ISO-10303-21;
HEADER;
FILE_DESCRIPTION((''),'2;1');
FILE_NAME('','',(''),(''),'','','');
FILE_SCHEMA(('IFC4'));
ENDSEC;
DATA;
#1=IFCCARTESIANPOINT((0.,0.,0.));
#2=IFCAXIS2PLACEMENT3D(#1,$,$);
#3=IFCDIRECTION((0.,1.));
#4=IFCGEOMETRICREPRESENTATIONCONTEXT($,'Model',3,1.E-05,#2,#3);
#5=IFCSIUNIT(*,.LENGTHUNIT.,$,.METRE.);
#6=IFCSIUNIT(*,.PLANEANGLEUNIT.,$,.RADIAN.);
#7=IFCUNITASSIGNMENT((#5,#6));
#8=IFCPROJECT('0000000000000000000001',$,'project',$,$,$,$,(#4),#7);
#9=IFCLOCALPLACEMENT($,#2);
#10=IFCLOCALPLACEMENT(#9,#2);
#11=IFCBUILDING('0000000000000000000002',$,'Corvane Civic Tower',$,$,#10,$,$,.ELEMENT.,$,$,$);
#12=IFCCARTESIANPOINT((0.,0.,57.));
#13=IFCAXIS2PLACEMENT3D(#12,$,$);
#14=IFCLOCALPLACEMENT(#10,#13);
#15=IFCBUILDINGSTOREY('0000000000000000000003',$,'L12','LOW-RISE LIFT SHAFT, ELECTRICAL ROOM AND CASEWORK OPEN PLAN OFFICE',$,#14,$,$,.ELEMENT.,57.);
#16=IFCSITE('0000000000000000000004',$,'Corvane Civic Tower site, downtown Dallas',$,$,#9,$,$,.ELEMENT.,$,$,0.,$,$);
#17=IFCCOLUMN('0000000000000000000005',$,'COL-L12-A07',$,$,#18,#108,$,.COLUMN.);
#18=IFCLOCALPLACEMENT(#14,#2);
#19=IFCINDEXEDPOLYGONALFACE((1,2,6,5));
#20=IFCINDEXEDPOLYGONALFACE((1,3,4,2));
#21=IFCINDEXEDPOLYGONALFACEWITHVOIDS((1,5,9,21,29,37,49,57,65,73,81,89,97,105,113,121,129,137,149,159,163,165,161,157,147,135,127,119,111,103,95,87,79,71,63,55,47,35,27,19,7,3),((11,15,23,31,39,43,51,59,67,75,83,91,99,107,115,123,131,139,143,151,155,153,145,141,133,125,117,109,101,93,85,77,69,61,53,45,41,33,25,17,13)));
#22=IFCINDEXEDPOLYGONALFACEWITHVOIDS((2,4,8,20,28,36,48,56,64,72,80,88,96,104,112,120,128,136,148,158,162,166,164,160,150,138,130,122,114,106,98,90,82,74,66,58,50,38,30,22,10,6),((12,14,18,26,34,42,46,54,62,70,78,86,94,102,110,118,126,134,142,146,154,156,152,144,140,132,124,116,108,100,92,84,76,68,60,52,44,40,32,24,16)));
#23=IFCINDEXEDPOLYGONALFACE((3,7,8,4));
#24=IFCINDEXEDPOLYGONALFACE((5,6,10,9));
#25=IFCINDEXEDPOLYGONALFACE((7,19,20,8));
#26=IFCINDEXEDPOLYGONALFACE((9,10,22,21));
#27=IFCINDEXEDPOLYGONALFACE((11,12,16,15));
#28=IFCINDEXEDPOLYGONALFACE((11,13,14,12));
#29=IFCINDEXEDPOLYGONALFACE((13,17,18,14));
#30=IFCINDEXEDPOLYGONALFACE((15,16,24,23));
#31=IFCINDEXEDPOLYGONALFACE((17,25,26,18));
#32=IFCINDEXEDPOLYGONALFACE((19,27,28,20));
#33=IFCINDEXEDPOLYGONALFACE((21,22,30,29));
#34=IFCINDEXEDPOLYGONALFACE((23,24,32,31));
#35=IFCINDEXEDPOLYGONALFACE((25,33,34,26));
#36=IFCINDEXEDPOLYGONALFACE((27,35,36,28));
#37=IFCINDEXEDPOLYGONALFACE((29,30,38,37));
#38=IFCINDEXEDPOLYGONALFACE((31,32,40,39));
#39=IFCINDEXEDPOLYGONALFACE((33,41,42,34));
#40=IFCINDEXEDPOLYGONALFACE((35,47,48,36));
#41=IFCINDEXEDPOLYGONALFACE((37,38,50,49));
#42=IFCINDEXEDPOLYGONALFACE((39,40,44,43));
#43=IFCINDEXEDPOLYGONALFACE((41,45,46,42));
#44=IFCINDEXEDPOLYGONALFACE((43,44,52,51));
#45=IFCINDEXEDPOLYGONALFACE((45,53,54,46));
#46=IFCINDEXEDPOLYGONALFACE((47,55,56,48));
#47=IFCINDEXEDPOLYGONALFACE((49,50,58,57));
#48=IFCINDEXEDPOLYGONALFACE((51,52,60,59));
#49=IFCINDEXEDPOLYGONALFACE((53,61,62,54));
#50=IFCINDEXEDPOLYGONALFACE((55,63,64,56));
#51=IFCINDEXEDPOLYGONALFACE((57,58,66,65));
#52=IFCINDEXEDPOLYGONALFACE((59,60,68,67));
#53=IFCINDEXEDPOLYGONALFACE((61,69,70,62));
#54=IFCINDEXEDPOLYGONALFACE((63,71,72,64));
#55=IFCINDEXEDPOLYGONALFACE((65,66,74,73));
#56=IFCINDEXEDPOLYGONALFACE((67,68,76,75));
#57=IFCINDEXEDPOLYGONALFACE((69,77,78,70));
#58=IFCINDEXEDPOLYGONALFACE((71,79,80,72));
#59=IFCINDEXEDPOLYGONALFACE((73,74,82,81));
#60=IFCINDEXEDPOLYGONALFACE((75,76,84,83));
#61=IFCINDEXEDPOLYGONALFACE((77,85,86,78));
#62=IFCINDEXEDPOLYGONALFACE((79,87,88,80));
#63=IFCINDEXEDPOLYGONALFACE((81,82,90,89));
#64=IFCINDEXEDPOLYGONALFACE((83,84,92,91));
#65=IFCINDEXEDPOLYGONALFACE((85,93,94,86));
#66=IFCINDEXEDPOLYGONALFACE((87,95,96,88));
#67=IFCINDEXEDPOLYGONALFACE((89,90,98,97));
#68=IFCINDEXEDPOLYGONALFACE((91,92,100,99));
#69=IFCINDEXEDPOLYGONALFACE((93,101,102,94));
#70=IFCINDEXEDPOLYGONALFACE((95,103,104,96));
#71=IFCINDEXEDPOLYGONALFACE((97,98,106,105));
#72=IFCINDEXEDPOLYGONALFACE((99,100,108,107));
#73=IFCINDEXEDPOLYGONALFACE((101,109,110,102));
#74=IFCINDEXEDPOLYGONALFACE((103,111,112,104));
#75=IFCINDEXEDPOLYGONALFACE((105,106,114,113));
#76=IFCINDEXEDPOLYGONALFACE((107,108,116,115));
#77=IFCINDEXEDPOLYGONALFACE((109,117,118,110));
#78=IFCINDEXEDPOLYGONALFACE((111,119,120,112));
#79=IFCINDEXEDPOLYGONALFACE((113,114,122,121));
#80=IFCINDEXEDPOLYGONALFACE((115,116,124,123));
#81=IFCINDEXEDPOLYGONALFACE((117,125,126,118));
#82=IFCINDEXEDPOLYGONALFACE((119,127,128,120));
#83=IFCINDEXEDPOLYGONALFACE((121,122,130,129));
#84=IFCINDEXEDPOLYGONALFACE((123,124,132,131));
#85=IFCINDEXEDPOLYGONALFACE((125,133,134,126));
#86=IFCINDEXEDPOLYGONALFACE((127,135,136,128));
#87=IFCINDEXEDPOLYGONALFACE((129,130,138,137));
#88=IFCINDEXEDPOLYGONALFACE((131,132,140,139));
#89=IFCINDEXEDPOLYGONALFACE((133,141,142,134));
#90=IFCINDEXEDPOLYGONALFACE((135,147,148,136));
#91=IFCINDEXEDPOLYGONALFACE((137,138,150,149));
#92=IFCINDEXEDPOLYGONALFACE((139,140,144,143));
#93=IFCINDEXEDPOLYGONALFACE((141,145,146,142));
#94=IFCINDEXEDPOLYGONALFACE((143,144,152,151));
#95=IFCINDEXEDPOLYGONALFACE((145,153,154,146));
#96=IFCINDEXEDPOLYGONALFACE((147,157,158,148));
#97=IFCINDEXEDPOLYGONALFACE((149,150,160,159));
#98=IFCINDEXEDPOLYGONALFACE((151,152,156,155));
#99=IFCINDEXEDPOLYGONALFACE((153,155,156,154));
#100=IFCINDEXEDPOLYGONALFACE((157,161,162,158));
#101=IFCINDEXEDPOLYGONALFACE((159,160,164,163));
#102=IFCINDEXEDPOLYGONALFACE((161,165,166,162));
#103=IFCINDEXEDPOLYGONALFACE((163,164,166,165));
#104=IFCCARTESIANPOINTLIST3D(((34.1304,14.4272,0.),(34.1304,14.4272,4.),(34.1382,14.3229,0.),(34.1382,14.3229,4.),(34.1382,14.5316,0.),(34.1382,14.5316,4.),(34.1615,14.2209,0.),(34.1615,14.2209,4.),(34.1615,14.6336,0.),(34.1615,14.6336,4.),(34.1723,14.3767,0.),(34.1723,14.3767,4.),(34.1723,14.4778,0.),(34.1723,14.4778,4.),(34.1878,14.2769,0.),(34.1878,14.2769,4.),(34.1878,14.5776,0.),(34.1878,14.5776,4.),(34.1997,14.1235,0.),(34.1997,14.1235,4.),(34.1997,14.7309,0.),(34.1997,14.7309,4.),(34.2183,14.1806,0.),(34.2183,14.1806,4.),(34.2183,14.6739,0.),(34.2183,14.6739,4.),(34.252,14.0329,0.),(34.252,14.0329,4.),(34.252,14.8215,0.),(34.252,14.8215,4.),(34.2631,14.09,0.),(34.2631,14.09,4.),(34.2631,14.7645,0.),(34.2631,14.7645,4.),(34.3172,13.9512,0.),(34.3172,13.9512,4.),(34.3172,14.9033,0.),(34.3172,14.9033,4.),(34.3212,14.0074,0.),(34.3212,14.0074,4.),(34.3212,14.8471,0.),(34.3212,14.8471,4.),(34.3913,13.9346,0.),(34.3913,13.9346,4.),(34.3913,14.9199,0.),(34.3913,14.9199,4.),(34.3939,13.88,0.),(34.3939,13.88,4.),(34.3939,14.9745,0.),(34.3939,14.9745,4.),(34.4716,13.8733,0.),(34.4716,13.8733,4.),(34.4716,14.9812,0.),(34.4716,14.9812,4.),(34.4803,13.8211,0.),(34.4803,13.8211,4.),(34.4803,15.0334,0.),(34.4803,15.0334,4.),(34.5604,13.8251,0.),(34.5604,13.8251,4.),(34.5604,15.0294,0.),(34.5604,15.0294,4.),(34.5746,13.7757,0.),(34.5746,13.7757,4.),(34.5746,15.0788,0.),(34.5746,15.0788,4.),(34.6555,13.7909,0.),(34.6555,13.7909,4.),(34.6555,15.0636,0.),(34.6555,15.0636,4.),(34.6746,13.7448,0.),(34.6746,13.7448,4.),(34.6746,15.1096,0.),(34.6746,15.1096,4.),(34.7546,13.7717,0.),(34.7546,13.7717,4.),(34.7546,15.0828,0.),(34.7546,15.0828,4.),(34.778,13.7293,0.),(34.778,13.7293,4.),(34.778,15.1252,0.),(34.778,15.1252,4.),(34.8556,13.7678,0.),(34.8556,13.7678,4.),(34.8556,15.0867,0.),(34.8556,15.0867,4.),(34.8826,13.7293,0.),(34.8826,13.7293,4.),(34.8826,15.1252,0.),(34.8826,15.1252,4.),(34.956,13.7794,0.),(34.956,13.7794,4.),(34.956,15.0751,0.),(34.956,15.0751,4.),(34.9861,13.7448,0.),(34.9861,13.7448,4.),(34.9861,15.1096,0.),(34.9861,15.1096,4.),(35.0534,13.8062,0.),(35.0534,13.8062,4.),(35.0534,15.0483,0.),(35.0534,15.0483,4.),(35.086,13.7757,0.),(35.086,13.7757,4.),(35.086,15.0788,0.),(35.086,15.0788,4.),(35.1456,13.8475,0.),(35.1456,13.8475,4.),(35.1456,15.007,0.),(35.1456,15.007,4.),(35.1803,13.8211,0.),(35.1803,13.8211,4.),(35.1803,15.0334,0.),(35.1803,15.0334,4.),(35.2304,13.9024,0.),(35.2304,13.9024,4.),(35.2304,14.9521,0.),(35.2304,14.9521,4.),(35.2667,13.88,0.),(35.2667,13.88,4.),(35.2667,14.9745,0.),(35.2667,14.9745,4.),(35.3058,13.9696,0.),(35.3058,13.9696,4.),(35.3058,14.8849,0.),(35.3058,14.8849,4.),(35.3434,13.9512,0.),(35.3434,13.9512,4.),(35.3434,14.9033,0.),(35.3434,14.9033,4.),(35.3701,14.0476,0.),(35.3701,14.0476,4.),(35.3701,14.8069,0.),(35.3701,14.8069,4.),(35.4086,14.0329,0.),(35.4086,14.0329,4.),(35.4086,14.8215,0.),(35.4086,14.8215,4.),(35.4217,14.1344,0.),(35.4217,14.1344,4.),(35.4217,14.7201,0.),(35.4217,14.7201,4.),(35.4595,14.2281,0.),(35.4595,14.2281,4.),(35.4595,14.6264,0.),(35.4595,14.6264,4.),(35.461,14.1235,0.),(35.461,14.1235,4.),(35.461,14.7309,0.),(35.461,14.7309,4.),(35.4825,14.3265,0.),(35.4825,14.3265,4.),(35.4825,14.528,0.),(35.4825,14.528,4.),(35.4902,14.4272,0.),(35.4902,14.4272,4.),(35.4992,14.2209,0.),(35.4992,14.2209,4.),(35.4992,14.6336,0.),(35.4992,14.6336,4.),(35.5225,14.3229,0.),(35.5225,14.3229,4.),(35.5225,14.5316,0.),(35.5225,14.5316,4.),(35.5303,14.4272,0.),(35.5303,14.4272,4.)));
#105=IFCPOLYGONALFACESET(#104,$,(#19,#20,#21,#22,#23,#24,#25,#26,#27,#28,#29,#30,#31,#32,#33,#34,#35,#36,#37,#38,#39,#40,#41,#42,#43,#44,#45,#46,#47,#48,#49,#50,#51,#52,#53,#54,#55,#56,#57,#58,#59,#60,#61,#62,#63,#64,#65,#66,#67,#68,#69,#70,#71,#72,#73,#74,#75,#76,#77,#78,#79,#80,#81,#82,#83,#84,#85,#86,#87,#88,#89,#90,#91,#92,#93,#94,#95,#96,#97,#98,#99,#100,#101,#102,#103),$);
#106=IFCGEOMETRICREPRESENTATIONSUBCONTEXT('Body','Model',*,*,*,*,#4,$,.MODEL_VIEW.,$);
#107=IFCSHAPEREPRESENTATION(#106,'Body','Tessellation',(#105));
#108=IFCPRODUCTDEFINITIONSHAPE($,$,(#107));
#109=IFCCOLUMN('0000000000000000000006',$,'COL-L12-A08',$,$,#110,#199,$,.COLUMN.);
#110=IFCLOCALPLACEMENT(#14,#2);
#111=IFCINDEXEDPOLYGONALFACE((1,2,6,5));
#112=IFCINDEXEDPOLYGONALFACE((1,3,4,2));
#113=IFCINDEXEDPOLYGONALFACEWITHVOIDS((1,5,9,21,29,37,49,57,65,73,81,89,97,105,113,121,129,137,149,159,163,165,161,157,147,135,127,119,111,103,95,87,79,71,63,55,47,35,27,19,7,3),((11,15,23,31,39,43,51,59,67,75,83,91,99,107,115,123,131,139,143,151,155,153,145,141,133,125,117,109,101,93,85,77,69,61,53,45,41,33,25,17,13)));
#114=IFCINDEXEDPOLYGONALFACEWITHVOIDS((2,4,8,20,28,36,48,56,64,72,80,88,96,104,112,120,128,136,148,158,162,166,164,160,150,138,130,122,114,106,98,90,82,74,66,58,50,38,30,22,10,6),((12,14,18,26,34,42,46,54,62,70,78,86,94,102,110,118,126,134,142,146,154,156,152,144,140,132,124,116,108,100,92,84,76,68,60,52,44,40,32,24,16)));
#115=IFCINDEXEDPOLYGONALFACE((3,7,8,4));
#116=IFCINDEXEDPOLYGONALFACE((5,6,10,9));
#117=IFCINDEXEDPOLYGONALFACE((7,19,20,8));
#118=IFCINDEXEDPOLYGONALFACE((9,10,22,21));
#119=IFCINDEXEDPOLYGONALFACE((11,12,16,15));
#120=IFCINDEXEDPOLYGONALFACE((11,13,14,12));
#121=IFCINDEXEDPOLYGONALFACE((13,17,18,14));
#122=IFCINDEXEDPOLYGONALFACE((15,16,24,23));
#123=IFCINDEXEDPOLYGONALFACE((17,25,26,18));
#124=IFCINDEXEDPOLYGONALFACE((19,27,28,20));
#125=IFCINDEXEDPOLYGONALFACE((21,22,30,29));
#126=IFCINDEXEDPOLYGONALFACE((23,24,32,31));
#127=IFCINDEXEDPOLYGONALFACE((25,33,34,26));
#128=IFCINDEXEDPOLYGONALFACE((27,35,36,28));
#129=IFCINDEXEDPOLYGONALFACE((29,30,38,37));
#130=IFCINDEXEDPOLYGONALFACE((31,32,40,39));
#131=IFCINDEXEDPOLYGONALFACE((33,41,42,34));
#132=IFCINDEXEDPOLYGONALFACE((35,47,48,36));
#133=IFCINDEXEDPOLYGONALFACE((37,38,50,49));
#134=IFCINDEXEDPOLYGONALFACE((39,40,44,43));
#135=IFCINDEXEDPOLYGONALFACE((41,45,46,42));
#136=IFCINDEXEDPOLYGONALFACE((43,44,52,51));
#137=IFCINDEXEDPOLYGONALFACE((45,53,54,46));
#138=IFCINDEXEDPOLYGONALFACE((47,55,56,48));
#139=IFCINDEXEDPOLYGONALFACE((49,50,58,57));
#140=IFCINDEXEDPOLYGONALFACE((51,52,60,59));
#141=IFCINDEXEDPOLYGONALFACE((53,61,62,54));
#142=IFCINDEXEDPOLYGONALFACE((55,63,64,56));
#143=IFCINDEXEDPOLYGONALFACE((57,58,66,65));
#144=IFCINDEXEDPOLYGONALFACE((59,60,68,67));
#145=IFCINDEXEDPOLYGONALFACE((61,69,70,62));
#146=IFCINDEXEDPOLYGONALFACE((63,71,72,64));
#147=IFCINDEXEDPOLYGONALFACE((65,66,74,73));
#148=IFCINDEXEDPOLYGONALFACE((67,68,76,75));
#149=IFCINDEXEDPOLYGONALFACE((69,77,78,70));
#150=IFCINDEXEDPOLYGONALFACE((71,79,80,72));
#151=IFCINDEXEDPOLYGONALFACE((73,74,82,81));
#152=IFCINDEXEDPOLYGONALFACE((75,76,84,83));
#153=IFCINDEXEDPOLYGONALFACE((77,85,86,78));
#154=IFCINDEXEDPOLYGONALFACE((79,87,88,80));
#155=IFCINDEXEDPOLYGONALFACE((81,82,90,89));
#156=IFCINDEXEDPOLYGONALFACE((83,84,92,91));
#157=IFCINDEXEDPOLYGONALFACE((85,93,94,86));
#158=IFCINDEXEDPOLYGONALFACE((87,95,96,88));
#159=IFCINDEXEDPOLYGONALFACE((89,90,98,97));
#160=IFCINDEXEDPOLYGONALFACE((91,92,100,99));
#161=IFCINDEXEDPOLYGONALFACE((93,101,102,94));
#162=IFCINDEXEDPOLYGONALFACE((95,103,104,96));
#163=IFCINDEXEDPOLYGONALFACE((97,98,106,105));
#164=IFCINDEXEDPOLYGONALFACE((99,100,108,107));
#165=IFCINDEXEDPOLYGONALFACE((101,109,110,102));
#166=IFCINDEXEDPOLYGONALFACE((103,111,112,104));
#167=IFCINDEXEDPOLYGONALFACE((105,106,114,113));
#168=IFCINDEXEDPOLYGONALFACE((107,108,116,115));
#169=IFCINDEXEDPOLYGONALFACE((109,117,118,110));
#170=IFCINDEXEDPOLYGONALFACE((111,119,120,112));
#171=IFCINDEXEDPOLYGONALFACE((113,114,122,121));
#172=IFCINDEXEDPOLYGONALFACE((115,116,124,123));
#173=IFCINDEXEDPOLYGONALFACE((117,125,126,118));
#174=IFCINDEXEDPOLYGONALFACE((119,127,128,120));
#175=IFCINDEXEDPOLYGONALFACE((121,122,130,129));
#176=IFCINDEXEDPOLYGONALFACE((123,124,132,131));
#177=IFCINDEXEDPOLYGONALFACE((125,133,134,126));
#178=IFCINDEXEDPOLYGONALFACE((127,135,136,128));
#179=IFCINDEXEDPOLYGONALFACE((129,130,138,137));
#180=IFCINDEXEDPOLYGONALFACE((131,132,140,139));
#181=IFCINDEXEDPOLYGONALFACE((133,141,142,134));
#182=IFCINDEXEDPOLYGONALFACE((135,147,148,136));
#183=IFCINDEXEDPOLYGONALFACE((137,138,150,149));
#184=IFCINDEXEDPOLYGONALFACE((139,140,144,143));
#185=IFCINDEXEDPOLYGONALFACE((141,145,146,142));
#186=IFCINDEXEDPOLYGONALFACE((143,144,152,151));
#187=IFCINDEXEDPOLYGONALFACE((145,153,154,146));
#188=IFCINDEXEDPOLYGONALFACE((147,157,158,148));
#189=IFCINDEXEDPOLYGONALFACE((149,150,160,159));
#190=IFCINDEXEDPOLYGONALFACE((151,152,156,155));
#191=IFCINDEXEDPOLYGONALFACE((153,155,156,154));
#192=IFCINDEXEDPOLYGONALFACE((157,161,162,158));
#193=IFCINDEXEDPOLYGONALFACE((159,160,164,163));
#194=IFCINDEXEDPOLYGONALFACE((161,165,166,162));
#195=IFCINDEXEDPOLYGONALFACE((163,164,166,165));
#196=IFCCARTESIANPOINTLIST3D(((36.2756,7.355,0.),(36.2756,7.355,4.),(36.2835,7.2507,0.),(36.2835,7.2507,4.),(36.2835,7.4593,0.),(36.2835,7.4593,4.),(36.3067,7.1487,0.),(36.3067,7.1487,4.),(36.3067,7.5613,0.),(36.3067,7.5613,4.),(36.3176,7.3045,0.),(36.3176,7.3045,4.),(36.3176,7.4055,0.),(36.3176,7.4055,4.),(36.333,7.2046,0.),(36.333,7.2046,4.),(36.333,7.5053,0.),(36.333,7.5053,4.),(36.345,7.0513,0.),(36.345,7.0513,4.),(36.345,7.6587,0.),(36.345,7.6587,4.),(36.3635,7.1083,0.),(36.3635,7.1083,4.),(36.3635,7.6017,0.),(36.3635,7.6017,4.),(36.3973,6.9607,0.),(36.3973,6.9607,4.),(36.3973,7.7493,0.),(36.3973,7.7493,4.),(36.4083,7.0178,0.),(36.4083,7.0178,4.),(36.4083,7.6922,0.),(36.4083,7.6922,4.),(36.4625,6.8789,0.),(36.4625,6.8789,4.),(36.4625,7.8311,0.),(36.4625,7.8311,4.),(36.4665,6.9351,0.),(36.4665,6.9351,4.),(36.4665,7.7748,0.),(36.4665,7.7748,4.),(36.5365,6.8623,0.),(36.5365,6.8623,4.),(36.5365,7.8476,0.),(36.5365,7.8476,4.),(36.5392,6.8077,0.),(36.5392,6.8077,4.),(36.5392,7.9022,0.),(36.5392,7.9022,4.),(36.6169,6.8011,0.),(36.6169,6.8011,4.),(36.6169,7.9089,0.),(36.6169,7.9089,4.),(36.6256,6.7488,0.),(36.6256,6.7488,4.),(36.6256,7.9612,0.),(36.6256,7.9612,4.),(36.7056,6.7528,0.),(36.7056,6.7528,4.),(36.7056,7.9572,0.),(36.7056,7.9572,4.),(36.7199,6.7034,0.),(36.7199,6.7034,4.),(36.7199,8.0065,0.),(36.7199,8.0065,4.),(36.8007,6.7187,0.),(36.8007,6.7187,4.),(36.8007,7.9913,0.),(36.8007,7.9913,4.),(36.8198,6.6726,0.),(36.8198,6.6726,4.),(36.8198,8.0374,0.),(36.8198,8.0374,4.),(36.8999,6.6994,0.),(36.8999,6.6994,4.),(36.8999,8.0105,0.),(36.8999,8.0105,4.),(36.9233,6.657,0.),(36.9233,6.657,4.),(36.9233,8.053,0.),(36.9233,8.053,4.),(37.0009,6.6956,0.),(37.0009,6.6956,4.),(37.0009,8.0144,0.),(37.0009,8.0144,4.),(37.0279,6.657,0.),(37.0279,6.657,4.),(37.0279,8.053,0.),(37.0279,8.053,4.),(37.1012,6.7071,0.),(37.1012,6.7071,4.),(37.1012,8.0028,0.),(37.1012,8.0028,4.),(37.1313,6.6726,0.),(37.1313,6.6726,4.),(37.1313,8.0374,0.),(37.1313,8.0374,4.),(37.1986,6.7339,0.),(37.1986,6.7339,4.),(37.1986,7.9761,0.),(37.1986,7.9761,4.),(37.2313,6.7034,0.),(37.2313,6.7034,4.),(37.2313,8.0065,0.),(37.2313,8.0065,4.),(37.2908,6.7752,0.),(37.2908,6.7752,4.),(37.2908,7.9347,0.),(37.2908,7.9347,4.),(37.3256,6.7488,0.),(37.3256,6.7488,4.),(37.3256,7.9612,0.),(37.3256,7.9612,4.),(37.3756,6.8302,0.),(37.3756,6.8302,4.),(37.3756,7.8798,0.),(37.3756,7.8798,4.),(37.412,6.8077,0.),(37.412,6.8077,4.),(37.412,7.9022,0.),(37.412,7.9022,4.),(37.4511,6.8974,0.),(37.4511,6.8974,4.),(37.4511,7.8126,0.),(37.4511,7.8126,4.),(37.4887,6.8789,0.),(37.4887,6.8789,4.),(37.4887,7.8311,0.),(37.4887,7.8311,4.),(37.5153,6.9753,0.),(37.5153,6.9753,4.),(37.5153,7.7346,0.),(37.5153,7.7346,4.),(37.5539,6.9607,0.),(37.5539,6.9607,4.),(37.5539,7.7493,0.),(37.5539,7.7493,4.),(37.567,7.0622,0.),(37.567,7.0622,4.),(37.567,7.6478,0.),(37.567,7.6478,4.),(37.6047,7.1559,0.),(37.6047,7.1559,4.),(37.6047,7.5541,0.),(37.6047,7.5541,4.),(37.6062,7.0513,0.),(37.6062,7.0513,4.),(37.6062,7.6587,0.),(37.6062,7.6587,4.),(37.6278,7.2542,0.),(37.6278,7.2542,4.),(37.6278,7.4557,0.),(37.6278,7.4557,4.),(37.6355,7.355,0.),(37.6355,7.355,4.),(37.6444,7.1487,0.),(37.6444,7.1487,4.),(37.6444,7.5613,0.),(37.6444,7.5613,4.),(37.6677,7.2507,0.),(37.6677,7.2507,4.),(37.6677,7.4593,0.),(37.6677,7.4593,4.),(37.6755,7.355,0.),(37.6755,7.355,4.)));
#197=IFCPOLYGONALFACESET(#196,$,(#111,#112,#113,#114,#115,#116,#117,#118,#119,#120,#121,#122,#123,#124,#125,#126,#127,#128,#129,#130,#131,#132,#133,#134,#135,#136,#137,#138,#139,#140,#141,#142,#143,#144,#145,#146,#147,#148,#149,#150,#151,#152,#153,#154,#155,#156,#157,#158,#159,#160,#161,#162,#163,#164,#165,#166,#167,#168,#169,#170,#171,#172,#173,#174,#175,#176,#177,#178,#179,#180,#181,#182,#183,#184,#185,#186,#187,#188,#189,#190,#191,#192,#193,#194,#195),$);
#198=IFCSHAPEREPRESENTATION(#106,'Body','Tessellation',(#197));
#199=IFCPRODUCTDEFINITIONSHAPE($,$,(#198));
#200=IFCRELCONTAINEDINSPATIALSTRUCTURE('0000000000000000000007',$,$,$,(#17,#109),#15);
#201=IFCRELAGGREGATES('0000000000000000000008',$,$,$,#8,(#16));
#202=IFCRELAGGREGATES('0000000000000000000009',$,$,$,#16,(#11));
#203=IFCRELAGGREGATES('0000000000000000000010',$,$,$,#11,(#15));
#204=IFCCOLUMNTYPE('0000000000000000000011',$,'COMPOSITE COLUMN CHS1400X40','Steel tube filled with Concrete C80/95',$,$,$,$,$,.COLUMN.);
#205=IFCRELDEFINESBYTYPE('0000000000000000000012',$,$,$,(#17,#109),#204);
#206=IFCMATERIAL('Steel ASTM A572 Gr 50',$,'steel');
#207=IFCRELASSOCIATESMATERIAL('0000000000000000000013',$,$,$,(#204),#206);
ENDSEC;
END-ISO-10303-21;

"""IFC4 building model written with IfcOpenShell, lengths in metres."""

from ifc_helpers import new_model, si_unit, direction, frame, origin, origin_2d, place, context, subcontext, project, spatial, hollow_circle, extrude, material, material_profile, profile_set, type_object, element, save


model = new_model("IFC4")

# Units and contexts
model_context = context("Model", 3, precision=1e-05, world=origin(), true_north=direction((0.0, 1.0)))
body_context = subcontext(model_context, "Body", "Model", "MODEL_VIEW")
ifc_project = project(units=[si_unit("LENGTHUNIT", "METRE"), si_unit("PLANEANGLEUNIT", "RADIAN")], contexts=[model_context])

# Site, building, storey
site_placement = place(None, origin())
site = spatial("IfcSite", under=ifc_project, at=site_placement, Name="Corvane Civic Tower site, downtown Dallas", CompositionType="ELEMENT", RefElevation=0.0)
building_placement = place(site_placement, origin())
building = spatial("IfcBuilding", under=site, at=building_placement, Name="Corvane Civic Tower", CompositionType="ELEMENT")
storey_placement = place(building_placement, frame((0.0, 0.0, 57.0)))
storey = spatial("IfcBuildingStorey", under=building, at=storey_placement, Name="L12", Description="LOW-RISE LIFT SHAFT, ELECTRICAL ROOM AND CASEWORK OPEN PLAN OFFICE", CompositionType="ELEMENT", Elevation=57.0)

# Columns
ifc_material_1 = material(Name="Steel ASTM A572 Gr 50", Category="steel")
ifc_material_profile_1 = material_profile(ifc_material_1, hollow_circle(Radius=0.7, WallThickness=0.04, at=origin_2d()), Name="CHS1400X40")
ifc_profile_set_1 = profile_set([ifc_material_profile_1], Name="Steel ASTM A572 Gr 50")
column_type = type_object("IfcColumnType", Name="COMPOSITE COLUMN CHS1400X40", Description="Steel tube filled with Concrete C80/95", PredefinedType="COLUMN", material=ifc_profile_set_1)
for number, where, z_axis, x_axis, name in (
    (1, (34.8303, 14.4272, 0.0), (0.0, 0.0, 1.0), (1.0, 0.0, 0.0), "COL-L12-A07"),
    (2, (36.9756, 7.355, 0.0), (0.0, 0.0, 1.0), (1.0, 0.0, 0.0), "COL-L12-A08"),
):
    element("IfcColumn", number, at=place(storey_placement, frame(where, z_axis=z_axis, x_axis=x_axis)), inside=storey, type_object=column_type, Name=name, PredefinedType="COLUMN", context=body_context, shape_type="SweptSolid", body=[
        extrude(hollow_circle(Radius=0.7, WallThickness=0.04, at=origin_2d()), origin(), (0.0, 0.0, 1.0), 4.0),
    ])

save(model, "model.ifc")
